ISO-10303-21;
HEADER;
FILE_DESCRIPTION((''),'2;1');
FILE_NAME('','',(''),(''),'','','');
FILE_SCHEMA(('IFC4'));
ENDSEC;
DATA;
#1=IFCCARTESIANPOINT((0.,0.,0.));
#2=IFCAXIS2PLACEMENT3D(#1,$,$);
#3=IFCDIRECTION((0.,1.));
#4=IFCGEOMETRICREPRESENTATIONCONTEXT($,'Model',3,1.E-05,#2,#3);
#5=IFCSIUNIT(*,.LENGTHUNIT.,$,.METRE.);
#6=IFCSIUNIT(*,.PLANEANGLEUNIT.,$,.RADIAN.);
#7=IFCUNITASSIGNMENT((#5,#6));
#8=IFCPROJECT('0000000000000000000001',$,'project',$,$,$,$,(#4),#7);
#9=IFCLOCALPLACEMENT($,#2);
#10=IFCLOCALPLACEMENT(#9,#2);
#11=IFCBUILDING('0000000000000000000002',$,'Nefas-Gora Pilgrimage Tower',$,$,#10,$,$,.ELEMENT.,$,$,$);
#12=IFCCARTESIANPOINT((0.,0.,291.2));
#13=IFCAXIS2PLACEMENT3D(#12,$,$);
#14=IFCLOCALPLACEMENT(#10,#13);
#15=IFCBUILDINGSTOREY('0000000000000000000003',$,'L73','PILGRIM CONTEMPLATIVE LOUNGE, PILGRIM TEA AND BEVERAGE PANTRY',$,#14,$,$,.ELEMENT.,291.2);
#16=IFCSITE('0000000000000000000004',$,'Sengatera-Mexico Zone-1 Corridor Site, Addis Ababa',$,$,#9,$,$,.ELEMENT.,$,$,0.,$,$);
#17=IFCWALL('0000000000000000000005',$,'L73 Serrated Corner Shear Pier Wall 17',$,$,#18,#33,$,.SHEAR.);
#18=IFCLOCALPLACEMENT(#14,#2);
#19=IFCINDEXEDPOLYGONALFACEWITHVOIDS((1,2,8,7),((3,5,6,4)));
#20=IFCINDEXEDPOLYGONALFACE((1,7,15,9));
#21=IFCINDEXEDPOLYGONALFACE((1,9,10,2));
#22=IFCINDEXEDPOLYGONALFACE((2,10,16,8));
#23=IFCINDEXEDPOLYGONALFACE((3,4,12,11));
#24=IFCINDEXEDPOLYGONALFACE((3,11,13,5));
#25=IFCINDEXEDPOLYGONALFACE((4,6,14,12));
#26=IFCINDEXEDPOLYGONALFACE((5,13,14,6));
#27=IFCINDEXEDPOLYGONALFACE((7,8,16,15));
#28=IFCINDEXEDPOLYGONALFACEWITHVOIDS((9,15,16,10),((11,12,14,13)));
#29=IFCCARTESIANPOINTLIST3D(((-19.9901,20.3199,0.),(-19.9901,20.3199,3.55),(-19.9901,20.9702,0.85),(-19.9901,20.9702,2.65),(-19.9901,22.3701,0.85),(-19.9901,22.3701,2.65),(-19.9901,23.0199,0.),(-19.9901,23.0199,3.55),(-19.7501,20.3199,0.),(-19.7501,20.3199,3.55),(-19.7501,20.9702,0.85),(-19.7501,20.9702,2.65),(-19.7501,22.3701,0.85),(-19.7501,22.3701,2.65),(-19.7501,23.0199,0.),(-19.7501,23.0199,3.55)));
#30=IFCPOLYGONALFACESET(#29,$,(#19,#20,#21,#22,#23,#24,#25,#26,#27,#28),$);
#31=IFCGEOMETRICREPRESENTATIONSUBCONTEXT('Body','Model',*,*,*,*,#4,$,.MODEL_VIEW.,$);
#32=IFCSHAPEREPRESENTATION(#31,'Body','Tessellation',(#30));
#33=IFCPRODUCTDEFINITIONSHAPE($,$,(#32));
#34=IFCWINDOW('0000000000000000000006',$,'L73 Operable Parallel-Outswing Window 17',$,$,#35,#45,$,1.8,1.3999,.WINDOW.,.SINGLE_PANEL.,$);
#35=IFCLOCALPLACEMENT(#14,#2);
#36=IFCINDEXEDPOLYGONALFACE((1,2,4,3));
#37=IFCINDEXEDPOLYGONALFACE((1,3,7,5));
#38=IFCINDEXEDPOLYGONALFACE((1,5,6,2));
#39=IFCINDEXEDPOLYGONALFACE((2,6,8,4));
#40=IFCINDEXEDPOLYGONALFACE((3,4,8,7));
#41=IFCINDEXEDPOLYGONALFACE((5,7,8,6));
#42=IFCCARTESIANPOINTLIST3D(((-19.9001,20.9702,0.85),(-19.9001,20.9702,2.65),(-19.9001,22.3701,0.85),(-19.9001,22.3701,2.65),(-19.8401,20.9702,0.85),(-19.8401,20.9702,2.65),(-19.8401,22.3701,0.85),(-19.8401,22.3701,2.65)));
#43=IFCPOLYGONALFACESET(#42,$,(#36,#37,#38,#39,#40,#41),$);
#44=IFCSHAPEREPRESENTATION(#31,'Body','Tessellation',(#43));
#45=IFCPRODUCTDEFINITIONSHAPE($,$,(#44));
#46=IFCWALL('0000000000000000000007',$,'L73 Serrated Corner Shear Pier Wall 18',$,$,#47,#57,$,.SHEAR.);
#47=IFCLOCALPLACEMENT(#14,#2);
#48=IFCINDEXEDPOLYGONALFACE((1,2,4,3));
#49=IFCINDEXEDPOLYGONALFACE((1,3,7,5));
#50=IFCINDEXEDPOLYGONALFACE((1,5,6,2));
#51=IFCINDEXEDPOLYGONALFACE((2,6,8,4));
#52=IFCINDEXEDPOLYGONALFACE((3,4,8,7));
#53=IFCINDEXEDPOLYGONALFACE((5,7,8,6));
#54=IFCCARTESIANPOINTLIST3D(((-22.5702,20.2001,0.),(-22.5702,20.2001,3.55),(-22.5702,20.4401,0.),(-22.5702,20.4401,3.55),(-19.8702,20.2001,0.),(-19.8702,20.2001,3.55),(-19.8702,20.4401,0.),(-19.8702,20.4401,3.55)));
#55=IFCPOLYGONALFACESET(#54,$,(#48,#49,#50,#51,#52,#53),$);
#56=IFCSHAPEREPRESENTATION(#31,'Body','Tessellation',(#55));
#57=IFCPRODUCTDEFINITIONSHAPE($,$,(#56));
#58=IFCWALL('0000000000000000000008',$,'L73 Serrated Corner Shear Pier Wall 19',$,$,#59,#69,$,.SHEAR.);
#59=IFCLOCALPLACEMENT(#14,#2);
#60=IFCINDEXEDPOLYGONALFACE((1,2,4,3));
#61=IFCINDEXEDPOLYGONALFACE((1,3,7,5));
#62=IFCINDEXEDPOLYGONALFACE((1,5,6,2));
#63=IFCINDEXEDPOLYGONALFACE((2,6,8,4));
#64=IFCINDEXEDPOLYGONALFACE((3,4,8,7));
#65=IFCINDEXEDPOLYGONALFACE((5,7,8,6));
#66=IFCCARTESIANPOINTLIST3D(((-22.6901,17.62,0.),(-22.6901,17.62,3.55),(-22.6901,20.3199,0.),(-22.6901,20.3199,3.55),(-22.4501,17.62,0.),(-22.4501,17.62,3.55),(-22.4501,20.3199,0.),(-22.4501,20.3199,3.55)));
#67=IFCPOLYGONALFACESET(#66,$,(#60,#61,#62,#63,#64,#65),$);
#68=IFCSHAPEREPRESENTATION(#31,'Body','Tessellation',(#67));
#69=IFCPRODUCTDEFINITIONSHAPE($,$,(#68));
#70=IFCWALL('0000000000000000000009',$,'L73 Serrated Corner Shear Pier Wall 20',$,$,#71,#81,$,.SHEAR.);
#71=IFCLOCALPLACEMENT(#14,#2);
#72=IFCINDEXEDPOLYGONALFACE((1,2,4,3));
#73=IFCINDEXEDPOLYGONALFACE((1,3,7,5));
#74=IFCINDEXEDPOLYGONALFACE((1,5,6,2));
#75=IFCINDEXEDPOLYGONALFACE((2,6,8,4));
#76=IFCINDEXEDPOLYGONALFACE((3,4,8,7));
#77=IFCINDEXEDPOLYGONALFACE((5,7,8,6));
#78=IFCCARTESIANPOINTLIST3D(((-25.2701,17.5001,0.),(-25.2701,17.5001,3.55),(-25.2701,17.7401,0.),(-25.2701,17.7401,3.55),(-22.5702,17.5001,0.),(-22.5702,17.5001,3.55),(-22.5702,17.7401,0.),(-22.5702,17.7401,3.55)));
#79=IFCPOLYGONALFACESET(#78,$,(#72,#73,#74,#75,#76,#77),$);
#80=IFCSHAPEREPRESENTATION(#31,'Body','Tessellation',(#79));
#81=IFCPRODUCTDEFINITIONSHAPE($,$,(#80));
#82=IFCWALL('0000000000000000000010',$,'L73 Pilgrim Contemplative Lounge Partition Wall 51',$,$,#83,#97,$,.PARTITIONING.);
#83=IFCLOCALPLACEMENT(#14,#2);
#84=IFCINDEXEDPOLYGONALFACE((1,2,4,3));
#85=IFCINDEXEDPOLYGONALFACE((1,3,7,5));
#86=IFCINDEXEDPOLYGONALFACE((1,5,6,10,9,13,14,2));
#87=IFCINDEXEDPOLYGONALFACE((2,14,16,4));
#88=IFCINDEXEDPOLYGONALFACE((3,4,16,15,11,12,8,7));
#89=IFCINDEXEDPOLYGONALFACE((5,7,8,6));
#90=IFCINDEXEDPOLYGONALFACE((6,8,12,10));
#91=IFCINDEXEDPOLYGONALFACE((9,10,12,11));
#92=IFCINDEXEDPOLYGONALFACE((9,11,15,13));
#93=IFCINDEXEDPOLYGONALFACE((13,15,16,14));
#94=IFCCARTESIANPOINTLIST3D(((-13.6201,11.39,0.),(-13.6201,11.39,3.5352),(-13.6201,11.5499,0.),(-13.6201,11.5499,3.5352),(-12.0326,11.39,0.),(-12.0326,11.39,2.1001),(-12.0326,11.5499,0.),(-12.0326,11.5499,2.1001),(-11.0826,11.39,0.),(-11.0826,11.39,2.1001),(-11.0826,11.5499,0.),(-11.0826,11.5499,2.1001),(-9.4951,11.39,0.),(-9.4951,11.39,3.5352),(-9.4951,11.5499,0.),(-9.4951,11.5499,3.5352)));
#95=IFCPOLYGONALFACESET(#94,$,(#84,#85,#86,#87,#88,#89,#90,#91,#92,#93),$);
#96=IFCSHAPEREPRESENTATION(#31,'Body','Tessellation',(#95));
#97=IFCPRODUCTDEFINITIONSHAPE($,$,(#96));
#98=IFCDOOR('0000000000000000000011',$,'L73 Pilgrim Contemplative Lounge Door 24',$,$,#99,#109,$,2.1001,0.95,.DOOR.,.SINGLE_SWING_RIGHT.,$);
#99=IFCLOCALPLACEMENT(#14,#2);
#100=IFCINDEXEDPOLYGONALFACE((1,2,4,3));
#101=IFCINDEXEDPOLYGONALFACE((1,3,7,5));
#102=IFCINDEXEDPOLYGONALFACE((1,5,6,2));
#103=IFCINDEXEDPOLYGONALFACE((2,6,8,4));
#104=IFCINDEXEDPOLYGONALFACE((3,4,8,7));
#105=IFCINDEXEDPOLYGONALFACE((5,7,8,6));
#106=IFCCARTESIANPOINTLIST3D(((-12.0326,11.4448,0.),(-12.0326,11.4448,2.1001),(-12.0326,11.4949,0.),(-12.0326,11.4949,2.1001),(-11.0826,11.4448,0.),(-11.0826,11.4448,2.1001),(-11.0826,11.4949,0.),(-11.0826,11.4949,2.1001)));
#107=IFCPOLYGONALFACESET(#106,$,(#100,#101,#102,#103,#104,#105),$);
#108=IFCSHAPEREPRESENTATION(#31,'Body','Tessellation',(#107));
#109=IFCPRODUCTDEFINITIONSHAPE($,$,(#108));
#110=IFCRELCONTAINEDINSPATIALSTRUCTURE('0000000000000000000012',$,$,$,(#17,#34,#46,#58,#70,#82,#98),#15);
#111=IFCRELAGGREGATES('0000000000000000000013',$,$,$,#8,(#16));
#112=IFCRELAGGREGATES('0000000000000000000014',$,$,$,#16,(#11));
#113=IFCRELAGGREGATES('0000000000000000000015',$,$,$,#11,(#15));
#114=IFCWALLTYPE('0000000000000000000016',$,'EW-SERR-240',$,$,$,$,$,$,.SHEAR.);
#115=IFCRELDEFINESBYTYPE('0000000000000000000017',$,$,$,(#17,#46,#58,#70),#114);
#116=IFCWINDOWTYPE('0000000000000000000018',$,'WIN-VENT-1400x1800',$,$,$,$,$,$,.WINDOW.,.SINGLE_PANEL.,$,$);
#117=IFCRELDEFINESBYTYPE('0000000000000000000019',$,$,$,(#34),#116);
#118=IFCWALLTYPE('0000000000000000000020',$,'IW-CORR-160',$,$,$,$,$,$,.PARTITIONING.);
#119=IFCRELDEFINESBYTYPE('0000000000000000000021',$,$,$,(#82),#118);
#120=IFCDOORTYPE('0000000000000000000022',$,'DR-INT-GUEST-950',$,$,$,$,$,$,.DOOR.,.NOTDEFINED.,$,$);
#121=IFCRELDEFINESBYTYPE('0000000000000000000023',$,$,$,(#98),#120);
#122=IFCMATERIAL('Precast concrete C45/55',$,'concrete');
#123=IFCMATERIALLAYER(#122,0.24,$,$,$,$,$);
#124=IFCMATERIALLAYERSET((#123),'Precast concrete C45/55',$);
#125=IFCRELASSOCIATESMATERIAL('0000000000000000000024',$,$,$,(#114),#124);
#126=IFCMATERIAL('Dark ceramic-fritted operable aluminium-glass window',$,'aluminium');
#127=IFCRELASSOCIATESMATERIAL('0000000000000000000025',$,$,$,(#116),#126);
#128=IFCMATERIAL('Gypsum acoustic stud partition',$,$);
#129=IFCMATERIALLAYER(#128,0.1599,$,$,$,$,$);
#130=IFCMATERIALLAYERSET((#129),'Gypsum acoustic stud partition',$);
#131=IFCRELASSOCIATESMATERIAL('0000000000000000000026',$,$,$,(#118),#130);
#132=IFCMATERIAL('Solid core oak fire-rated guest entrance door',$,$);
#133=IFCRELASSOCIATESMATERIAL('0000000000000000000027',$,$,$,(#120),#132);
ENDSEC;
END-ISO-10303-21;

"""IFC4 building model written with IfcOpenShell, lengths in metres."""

from ifc_helpers import new_model, si_unit, direction, frame, frame_2d, origin, place, context, subcontext, project, spatial, rectangle, extrude, source, transform, mapped, material, layer, layer_set, type_object, element, fill, save


model = new_model("IFC4")

# Units and contexts
model_context = context("Model", 3, precision=1e-05, world=origin(), true_north=direction((0.0, 1.0)))
body_context = subcontext(model_context, "Body", "Model", "MODEL_VIEW")
ifc_project = project(units=[si_unit("LENGTHUNIT", "METRE"), si_unit("PLANEANGLEUNIT", "RADIAN")], contexts=[model_context])

# Site, building, storey
site_placement = place(None, origin())
site = spatial("IfcSite", under=ifc_project, at=site_placement, Name="Sengatera-Mexico Zone-1 Corridor Site, Addis Ababa", CompositionType="ELEMENT", RefElevation=0.0)
building_placement = place(site_placement, origin())
building = spatial("IfcBuilding", under=site, at=building_placement, Name="Nefas-Gora Pilgrimage Tower", CompositionType="ELEMENT")
storey_placement = place(building_placement, frame((0.0, 0.0, 291.2)))
storey = spatial("IfcBuildingStorey", under=building, at=storey_placement, Name="L73", Description="PILGRIM CONTEMPLATIVE LOUNGE, PILGRIM TEA AND BEVERAGE PANTRY", CompositionType="ELEMENT", Elevation=291.2)

# Wall, opening, window
ifc_material_1 = material(Name="Precast concrete C45/55", Category="concrete")
ifc_layer_1 = layer(ifc_material_1, 0.24)
ifc_layer_set_1 = layer_set([ifc_layer_1], Name="Precast concrete C45/55")
wall_type_1 = type_object("IfcWallType", Name="EW-SERR-240", PredefinedType="SHEAR", material=ifc_layer_set_1)
shared_shape_1 = source(origin(), body_context, "Body", "SweptSolid", [
    extrude(rectangle(XDim=2.7, YDim=0.24, at=frame_2d((1.3501, 0.0))), origin(), (0.0, 0.0, 1.0), 3.55),
])
wall_1_placement = place(storey_placement, frame((-19.8701, 23.02, 0.0), z_axis=(0.0, 0.0, 1.0), x_axis=(0.0, -1.0, 0.0)))
wall_1 = element("IfcWall", 1, at=wall_1_placement, inside=storey, type_object=wall_type_1, Name="L73 Serrated Corner Shear Pier Wall 17", PredefinedType="SHEAR", context=body_context, shape_type="MappedRepresentation", body=[
    mapped(shared_shape_1, transform((0.0, 0.0, 0.0), x_axis=(1.0, 0.0, 0.0), y_axis=(0.0, 1.0, 0.0), z_axis=(0.0, 0.0, 1.0), scale=1.0)),
])
opening_1_placement = place(wall_1_placement, frame((0.6499, 0.0, 0.8501)))
opening_1 = element("IfcOpeningElement", 2, at=opening_1_placement, cuts=wall_1, PredefinedType="OPENING", context=body_context, shape_type="SweptSolid", body=[
    extrude(rectangle(XDim=1.3999, YDim=1.8, at=frame_2d((0.7, 0.8999))), frame((0.0, 0.1299, 0.0), z_axis=(0.0, -1.0, 0.0), x_axis=(1.0, 0.0, 0.0)), (0.0, 0.0, 1.0), 0.26),
])
ifc_material_2 = material(Name="Dark ceramic-fritted operable aluminium-glass window", Category="aluminium")
window_type = type_object("IfcWindowType", Name="WIN-VENT-1400x1800", PartitioningType="SINGLE_PANEL", PredefinedType="WINDOW", material=ifc_material_2)
shared_shape_2 = source(origin(), body_context, "Body", "SweptSolid", [
    extrude(rectangle(XDim=1.3999, YDim=1.8, at=frame_2d((0.7, 0.8999))), frame((0.0, 0.03, 0.0), z_axis=(0.0, -1.0, 0.0), x_axis=(1.0, 0.0, 0.0)), (0.0, 0.0, 1.0), 0.0601),
])
window_placement = place(opening_1_placement, origin())
window = element("IfcWindow", 3, at=window_placement, inside=storey, type_object=window_type, Name="L73 Operable Parallel-Outswing Window 17", OverallHeight=1.8, OverallWidth=1.3999, PartitioningType="SINGLE_PANEL", PredefinedType="WINDOW", context=body_context, shape_type="MappedRepresentation", body=[
    mapped(shared_shape_2, transform((0.0, 0.0, 0.0), x_axis=(1.0, 0.0, 0.0), y_axis=(0.0, 1.0, 0.0), z_axis=(0.0, 0.0, 1.0), scale=1.0)),
])
fill(opening_1, window)

# Walls
for number, where, z_axis, x_axis, name in (
    (4, (-19.8701, 20.3201, 0.0), (0.0, 0.0, 1.0), (-1.0, 0.0, 0.0), "L73 Serrated Corner Shear Pier Wall 18"),
    (5, (-22.5701, 20.3201, 0.0), (0.0, 0.0, 1.0), (0.0, -1.0, 0.0), "L73 Serrated Corner Shear Pier Wall 19"),
    (6, (-22.5701, 17.6201, 0.0), (0.0, 0.0, 1.0), (-1.0, 0.0, 0.0), "L73 Serrated Corner Shear Pier Wall 20"),
):
    element("IfcWall", number, at=place(storey_placement, frame(where, z_axis=z_axis, x_axis=x_axis)), inside=storey, type_object=wall_type_1, Name=name, PredefinedType="SHEAR", context=body_context, shape_type="MappedRepresentation", body=[
        mapped(shared_shape_1, transform((0.0, 0.0, 0.0), x_axis=(1.0, 0.0, 0.0), y_axis=(0.0, 1.0, 0.0), z_axis=(0.0, 0.0, 1.0), scale=1.0)),
    ])

# Wall, opening, door
ifc_material_3 = material(Name="Gypsum acoustic stud partition")
ifc_layer_2 = layer(ifc_material_3, 0.1599)
ifc_layer_set_2 = layer_set([ifc_layer_2], Name="Gypsum acoustic stud partition")
wall_type_2 = type_object("IfcWallType", Name="IW-CORR-160", PredefinedType="PARTITIONING", material=ifc_layer_set_2)
shared_shape_3 = source(origin(), body_context, "Body", "SweptSolid", [
    extrude(rectangle(XDim=4.125, YDim=0.1599, at=frame_2d((2.0625, 0.0))), origin(), (0.0, 0.0, 1.0), 3.5352),
])
wall_2_placement = place(storey_placement, frame((-13.6201, 11.47, 0.0), z_axis=(0.0, 0.0, 1.0), x_axis=(1.0, 0.0, 0.0)))
wall_2 = element("IfcWall", 7, at=wall_2_placement, inside=storey, type_object=wall_type_2, Name="L73 Pilgrim Contemplative Lounge Partition Wall 51", PredefinedType="PARTITIONING", context=body_context, shape_type="MappedRepresentation", body=[
    mapped(shared_shape_3, transform((0.0, 0.0, 0.0), x_axis=(1.0, 0.0, 0.0), y_axis=(0.0, 1.0, 0.0), z_axis=(0.0, 0.0, 1.0), scale=1.0)),
])
opening_2_placement = place(wall_2_placement, frame((1.5874, 0.0, 0.0)))
opening_2 = element("IfcOpeningElement", 8, at=opening_2_placement, cuts=wall_2, PredefinedType="OPENING", context=body_context, shape_type="SweptSolid", body=[
    extrude(rectangle(XDim=0.95, YDim=2.1001, at=frame_2d((0.4751, 1.05))), frame((0.0, 0.0898, 0.0), z_axis=(0.0, -1.0, 0.0), x_axis=(1.0, 0.0, 0.0)), (0.0, 0.0, 1.0), 0.1799),
])
ifc_material_4 = material(Name="Solid core oak fire-rated guest entrance door")
door_type = type_object("IfcDoorType", Name="DR-INT-GUEST-950", OperationType="NOTDEFINED", PredefinedType="DOOR", material=ifc_material_4)
shared_shape_4 = source(origin(), body_context, "Body", "SweptSolid", [
    extrude(rectangle(XDim=0.95, YDim=2.1001, at=frame_2d((0.4751, 1.05))), frame((0.0, 0.0249, 0.0), z_axis=(0.0, -1.0, 0.0), x_axis=(1.0, 0.0, 0.0)), (0.0, 0.0, 1.0), 0.05),
])
door_placement = place(opening_2_placement, origin())
door = element("IfcDoor", 9, at=door_placement, inside=storey, type_object=door_type, Name="L73 Pilgrim Contemplative Lounge Door 24", OperationType="SINGLE_SWING_RIGHT", OverallHeight=2.1001, OverallWidth=0.95, PredefinedType="DOOR", context=body_context, shape_type="MappedRepresentation", body=[
    mapped(shared_shape_4, transform((0.0, 0.0, 0.0), x_axis=(1.0, 0.0, 0.0), y_axis=(0.0, 1.0, 0.0), z_axis=(0.0, 0.0, 1.0), scale=1.0)),
])
fill(opening_2, door)

save(model, "model.ifc")
